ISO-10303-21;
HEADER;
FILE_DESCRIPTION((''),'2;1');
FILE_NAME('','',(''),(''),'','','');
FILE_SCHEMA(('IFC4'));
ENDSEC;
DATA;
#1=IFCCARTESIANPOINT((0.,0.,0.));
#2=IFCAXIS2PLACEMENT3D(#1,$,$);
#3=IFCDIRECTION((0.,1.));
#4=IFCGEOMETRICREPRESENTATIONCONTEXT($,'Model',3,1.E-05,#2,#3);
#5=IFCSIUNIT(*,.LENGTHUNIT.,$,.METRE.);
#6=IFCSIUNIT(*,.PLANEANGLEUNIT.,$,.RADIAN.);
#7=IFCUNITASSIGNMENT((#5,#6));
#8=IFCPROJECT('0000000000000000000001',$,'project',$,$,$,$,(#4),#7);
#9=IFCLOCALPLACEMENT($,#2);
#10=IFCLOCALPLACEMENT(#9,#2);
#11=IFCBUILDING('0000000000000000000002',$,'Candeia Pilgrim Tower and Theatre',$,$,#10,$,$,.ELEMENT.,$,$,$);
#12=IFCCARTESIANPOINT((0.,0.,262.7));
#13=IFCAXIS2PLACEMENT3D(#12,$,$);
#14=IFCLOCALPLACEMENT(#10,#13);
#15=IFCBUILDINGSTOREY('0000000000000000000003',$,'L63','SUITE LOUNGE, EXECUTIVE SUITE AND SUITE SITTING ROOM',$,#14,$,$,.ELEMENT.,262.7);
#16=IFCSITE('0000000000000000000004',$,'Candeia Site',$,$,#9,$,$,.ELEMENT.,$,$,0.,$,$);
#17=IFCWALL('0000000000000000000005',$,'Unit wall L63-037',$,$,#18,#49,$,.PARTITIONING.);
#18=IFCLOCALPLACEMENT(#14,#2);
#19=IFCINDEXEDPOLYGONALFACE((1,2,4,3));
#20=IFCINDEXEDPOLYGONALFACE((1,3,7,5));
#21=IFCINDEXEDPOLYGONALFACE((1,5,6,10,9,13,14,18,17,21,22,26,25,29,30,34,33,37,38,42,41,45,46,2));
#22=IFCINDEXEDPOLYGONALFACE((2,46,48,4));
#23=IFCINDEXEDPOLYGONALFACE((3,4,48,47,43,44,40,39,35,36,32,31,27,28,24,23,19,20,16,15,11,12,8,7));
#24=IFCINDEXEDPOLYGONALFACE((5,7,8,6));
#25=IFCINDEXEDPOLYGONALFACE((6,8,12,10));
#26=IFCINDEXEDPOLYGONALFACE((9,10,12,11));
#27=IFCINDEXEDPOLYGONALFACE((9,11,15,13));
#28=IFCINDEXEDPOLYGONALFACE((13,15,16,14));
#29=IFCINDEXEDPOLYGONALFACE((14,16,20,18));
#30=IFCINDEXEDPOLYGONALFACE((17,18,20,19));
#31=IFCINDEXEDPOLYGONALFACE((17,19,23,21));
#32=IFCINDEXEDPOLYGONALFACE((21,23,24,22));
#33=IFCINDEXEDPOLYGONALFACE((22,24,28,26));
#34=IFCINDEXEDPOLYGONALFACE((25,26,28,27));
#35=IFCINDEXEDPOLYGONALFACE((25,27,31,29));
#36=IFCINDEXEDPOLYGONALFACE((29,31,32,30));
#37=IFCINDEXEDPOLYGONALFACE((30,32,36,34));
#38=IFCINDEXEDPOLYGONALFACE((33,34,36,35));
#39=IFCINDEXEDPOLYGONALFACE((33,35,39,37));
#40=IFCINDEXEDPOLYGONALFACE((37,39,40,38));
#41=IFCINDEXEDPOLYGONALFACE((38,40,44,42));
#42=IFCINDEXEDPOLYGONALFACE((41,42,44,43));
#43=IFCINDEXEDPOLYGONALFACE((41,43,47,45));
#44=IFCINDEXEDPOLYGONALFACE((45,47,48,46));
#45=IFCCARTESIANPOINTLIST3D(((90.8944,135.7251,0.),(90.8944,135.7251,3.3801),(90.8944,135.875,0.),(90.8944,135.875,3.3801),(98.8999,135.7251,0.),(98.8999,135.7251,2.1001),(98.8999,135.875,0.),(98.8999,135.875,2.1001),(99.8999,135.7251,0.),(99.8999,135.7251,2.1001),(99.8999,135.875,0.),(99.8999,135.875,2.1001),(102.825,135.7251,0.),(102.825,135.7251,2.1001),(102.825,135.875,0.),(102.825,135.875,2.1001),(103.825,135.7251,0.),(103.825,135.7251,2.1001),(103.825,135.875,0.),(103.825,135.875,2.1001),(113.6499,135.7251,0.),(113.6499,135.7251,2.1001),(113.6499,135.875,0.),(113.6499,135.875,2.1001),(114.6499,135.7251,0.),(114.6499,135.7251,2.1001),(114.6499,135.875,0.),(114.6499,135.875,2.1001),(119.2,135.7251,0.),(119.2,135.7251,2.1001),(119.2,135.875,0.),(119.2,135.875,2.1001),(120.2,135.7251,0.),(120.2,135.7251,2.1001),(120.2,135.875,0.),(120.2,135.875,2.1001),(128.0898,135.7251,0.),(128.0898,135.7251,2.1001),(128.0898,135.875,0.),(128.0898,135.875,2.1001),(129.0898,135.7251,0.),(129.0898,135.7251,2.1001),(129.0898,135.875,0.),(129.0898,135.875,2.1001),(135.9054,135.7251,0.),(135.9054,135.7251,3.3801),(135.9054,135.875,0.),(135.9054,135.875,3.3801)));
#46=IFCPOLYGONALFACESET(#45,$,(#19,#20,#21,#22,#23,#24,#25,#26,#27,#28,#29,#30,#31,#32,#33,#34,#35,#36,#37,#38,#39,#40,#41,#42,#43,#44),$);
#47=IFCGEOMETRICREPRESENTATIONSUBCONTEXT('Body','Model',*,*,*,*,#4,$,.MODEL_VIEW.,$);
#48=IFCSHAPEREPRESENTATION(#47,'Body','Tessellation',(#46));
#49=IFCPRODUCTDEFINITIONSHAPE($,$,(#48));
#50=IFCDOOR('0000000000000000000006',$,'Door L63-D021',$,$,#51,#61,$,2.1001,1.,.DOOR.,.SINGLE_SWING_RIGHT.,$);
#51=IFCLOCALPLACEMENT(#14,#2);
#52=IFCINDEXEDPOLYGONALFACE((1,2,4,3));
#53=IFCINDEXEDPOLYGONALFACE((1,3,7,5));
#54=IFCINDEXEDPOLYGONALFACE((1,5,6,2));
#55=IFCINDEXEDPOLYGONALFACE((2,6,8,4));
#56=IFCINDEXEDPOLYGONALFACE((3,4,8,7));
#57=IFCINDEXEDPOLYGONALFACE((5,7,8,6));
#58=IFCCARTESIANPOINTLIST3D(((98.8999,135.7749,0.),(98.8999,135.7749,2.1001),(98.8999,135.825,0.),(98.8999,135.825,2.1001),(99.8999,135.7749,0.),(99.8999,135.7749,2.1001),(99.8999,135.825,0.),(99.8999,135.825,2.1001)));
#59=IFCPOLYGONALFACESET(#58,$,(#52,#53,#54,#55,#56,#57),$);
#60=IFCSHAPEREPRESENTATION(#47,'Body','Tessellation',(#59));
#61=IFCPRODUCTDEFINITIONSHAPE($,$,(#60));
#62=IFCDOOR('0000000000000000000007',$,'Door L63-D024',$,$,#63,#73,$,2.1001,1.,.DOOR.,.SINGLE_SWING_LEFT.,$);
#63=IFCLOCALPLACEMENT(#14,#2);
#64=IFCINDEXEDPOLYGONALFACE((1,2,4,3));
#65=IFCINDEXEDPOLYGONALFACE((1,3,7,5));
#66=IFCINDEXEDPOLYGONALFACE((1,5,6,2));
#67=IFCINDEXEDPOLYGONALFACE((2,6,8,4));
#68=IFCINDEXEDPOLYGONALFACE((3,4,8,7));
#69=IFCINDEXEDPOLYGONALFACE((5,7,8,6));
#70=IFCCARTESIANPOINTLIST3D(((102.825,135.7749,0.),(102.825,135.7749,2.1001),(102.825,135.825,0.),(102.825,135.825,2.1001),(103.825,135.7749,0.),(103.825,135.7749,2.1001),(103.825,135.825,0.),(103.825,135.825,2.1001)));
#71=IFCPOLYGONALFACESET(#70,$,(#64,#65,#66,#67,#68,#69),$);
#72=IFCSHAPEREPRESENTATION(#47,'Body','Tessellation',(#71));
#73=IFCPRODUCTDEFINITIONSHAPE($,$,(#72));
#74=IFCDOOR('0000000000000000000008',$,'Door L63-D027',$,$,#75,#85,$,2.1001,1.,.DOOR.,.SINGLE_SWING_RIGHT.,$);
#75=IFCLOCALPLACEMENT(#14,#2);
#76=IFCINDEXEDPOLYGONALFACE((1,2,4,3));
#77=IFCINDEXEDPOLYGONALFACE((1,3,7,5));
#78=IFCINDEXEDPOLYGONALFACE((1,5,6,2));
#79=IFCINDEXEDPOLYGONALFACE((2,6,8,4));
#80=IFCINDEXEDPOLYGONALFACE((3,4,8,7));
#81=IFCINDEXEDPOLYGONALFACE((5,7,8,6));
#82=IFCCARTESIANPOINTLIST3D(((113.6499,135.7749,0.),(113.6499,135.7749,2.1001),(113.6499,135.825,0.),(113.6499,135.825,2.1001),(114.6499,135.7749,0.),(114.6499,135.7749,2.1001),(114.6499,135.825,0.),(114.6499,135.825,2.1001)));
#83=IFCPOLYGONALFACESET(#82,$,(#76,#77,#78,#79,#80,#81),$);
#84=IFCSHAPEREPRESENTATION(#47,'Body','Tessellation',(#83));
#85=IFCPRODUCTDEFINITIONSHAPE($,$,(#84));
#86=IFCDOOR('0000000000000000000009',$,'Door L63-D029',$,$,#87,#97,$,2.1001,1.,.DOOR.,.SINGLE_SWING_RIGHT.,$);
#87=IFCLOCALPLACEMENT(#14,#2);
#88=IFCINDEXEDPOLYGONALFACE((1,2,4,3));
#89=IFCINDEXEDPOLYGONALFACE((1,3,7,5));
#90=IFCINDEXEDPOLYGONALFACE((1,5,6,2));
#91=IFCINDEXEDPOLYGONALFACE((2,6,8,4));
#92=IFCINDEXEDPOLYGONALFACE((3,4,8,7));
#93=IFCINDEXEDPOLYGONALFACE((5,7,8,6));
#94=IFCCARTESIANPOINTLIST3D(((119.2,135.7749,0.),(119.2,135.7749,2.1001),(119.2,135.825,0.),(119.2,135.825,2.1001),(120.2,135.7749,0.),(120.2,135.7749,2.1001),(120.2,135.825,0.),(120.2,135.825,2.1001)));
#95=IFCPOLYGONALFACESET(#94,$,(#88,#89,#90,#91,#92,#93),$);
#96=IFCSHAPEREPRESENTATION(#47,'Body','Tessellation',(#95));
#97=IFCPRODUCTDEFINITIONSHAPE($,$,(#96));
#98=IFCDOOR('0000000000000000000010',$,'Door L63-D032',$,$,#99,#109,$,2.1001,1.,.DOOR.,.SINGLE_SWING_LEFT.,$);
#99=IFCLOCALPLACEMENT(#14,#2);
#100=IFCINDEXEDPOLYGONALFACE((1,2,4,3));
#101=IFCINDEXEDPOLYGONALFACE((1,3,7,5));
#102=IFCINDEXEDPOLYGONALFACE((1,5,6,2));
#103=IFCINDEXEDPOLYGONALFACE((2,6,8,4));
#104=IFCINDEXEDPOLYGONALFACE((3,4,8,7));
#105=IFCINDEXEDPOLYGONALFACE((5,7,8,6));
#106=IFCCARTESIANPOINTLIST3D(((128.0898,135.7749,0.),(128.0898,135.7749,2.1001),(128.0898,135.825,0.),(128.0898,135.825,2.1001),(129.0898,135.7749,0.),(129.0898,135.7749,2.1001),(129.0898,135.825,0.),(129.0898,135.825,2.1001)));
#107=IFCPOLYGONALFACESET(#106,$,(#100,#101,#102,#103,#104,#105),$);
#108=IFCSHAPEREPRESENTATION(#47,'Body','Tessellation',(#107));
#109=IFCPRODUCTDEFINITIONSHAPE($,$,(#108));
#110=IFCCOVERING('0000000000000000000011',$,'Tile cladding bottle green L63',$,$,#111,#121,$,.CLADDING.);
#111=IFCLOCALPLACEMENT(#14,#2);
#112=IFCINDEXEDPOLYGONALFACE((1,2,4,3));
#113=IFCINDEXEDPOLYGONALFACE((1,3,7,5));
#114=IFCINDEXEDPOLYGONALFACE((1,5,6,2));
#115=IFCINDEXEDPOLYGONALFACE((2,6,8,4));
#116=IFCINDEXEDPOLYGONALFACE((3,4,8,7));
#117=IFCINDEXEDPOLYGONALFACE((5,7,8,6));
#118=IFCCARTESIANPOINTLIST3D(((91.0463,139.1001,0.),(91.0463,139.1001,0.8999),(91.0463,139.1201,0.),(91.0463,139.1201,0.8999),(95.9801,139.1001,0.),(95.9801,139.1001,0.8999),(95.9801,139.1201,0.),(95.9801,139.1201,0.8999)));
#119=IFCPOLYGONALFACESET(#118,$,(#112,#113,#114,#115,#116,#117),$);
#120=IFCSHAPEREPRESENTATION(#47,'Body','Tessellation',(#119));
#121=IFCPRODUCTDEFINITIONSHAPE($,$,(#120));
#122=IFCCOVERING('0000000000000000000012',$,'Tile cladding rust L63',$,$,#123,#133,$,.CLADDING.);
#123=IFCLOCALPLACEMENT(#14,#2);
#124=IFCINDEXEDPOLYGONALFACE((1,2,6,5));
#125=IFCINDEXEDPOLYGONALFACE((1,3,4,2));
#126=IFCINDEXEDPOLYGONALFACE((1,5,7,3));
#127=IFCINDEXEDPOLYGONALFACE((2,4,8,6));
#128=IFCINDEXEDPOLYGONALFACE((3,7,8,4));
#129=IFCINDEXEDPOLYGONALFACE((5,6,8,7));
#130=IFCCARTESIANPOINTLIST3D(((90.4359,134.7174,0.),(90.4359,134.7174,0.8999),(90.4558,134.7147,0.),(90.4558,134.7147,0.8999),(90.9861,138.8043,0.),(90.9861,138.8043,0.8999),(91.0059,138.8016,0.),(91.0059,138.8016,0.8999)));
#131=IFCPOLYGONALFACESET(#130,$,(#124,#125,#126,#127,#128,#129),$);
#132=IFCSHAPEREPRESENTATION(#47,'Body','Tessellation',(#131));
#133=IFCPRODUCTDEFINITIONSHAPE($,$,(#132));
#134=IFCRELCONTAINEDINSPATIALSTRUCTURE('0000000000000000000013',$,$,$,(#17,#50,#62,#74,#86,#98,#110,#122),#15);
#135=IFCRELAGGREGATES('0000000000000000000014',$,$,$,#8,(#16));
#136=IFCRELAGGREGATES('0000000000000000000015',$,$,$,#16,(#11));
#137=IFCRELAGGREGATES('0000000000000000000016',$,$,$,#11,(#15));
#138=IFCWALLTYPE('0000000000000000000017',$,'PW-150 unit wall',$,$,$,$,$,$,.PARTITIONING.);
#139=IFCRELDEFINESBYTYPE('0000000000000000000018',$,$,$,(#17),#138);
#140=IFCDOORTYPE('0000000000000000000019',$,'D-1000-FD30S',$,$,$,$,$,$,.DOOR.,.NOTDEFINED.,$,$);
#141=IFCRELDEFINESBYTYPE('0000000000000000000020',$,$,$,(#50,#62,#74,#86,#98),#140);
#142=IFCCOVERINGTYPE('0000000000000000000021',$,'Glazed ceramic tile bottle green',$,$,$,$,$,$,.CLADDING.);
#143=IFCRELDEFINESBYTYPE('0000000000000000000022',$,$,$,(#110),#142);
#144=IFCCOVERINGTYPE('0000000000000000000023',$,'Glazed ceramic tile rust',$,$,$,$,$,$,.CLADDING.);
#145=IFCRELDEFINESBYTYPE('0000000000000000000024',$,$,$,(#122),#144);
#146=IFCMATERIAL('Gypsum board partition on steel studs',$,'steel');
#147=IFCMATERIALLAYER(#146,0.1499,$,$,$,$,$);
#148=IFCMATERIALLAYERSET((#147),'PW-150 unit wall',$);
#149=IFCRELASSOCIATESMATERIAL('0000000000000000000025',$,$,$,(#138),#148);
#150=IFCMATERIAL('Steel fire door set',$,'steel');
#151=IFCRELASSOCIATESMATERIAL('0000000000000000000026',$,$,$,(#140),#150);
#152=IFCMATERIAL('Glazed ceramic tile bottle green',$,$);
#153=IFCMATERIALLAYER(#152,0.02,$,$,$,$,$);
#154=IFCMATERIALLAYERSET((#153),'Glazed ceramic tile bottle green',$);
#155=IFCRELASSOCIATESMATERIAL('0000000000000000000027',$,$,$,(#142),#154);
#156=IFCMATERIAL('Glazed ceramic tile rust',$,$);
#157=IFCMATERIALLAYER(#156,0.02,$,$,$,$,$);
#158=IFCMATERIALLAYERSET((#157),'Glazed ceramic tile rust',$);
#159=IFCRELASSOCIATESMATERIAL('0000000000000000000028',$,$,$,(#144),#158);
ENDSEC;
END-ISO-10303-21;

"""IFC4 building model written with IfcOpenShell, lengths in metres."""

from ifc_helpers import new_model, si_unit, direction, frame, frame_2d, origin, origin_2d, place, context, subcontext, project, spatial, rectangle, extrude, material, layer, layer_set, type_object, element, fill, save


model = new_model("IFC4")

# Units and contexts
model_context = context("Model", 3, precision=1e-05, world=origin(), true_north=direction((0.0, 1.0)))
body_context = subcontext(model_context, "Body", "Model", "MODEL_VIEW")
ifc_project = project(units=[si_unit("LENGTHUNIT", "METRE"), si_unit("PLANEANGLEUNIT", "RADIAN")], contexts=[model_context])

# Site, building, storey
site_placement = place(None, origin())
site = spatial("IfcSite", under=ifc_project, at=site_placement, Name="Candeia Site", CompositionType="ELEMENT", RefElevation=0.0)
building_placement = place(site_placement, origin())
building = spatial("IfcBuilding", under=site, at=building_placement, Name="Candeia Pilgrim Tower and Theatre", CompositionType="ELEMENT")
storey_placement = place(building_placement, frame((0.0, 0.0, 262.7)))
storey = spatial("IfcBuildingStorey", under=building, at=storey_placement, Name="L63", Description="SUITE LOUNGE, EXECUTIVE SUITE AND SUITE SITTING ROOM", CompositionType="ELEMENT", Elevation=262.7)

# Shared definitions
ifc_material_1 = material(Name="Gypsum board partition on steel studs", Category="steel")

# Wall, openings, doors
ifc_layer_1 = layer(ifc_material_1, 0.1499)
ifc_layer_set_1 = layer_set([ifc_layer_1], Name="PW-150 unit wall")
wall_type_1 = type_object("IfcWallType", Name="PW-150 unit wall", PredefinedType="PARTITIONING", material=ifc_layer_set_1)
wall_1_placement = place(storey_placement, frame((90.8945, 135.8, 0.0), z_axis=(0.0, 0.0, 1.0), x_axis=(1.0, 0.0, 0.0)))
wall_1 = element("IfcWall", 1, at=wall_1_placement, inside=storey, type_object=wall_type_1, Name="Unit wall L63-037", PredefinedType="PARTITIONING", context=body_context, shape_type="SweptSolid", body=[
    extrude(rectangle(XDim=45.011, YDim=0.1499, at=frame_2d((22.5054, 0.0))), origin(), (0.0, 0.0, 1.0), 3.3801),
])
opening_1_placement = place(wall_1_placement, frame((8.0054, 0.0, 0.0)))
opening_1 = element("IfcOpeningElement", 2, at=opening_1_placement, cuts=wall_1, PredefinedType="OPENING", context=body_context, shape_type="SweptSolid", body=[
    extrude(rectangle(XDim=1.0, YDim=2.1001, at=frame_2d((0.5, 1.05))), frame((0.0, 0.085, 0.0), z_axis=(0.0, -1.0, 0.0), x_axis=(1.0, 0.0, 0.0)), (0.0, 0.0, 1.0), 0.1699),
])
opening_2_placement = place(wall_1_placement, frame((11.9304, 0.0, 0.0)))
opening_2 = element("IfcOpeningElement", 3, at=opening_2_placement, cuts=wall_1, PredefinedType="OPENING", context=body_context, shape_type="SweptSolid", body=[
    extrude(rectangle(XDim=1.0, YDim=2.1001, at=frame_2d((0.5, 1.05))), frame((0.0, 0.085, 0.0), z_axis=(0.0, -1.0, 0.0), x_axis=(1.0, 0.0, 0.0)), (0.0, 0.0, 1.0), 0.1699),
])
opening_3_placement = place(wall_1_placement, frame((22.7554, 0.0, 0.0)))
opening_3 = element("IfcOpeningElement", 4, at=opening_3_placement, cuts=wall_1, PredefinedType="OPENING", context=body_context, shape_type="SweptSolid", body=[
    extrude(rectangle(XDim=1.0, YDim=2.1001, at=frame_2d((0.5, 1.05))), frame((0.0, 0.085, 0.0), z_axis=(0.0, -1.0, 0.0), x_axis=(1.0, 0.0, 0.0)), (0.0, 0.0, 1.0), 0.1699),
])
opening_4_placement = place(wall_1_placement, frame((28.3054, 0.0, 0.0)))
opening_4 = element("IfcOpeningElement", 5, at=opening_4_placement, cuts=wall_1, PredefinedType="OPENING", context=body_context, shape_type="SweptSolid", body=[
    extrude(rectangle(XDim=1.0, YDim=2.1001, at=frame_2d((0.5, 1.05))), frame((0.0, 0.085, 0.0), z_axis=(0.0, -1.0, 0.0), x_axis=(1.0, 0.0, 0.0)), (0.0, 0.0, 1.0), 0.1699),
])
opening_5_placement = place(wall_1_placement, frame((37.1953, 0.0, 0.0)))
opening_5 = element("IfcOpeningElement", 6, at=opening_5_placement, cuts=wall_1, PredefinedType="OPENING", context=body_context, shape_type="SweptSolid", body=[
    extrude(rectangle(XDim=1.0, YDim=2.1001, at=frame_2d((0.5, 1.05))), frame((0.0, 0.085, 0.0), z_axis=(0.0, -1.0, 0.0), x_axis=(1.0, 0.0, 0.0)), (0.0, 0.0, 1.0), 0.1699),
])
ifc_material_2 = material(Name="Steel fire door set", Category="steel")
door_type_1 = type_object("IfcDoorType", Name="D-1000-FD30S", OperationType="NOTDEFINED", PredefinedType="DOOR", material=ifc_material_2)
door_1_placement = place(opening_1_placement, origin())
door_1 = element("IfcDoor", 7, at=door_1_placement, inside=storey, type_object=door_type_1, Name="Door L63-D021", OperationType="SINGLE_SWING_RIGHT", OverallHeight=2.1001, OverallWidth=1.0, PredefinedType="DOOR", context=body_context, shape_type="SweptSolid", body=[
    extrude(rectangle(XDim=1.0, YDim=2.1001, at=frame_2d((0.5, 1.05))), frame((0.0, 0.0249, 0.0), z_axis=(0.0, -1.0, 0.0), x_axis=(1.0, 0.0, 0.0)), (0.0, 0.0, 1.0), 0.05),
])
fill(opening_1, door_1)
door_2_placement = place(opening_2_placement, origin())
door_2 = element("IfcDoor", 8, at=door_2_placement, inside=storey, type_object=door_type_1, Name="Door L63-D024", OperationType="SINGLE_SWING_LEFT", OverallHeight=2.1001, OverallWidth=1.0, PredefinedType="DOOR", context=body_context, shape_type="SweptSolid", body=[
    extrude(rectangle(XDim=1.0, YDim=2.1001, at=frame_2d((0.5, 1.05))), frame((0.0, 0.0249, 0.0), z_axis=(0.0, -1.0, 0.0), x_axis=(1.0, 0.0, 0.0)), (0.0, 0.0, 1.0), 0.05),
])
fill(opening_2, door_2)
door_3_placement = place(opening_3_placement, origin())
door_3 = element("IfcDoor", 9, at=door_3_placement, inside=storey, type_object=door_type_1, Name="Door L63-D027", OperationType="SINGLE_SWING_RIGHT", OverallHeight=2.1001, OverallWidth=1.0, PredefinedType="DOOR", context=body_context, shape_type="SweptSolid", body=[
    extrude(rectangle(XDim=1.0, YDim=2.1001, at=frame_2d((0.5, 1.05))), frame((0.0, 0.0249, 0.0), z_axis=(0.0, -1.0, 0.0), x_axis=(1.0, 0.0, 0.0)), (0.0, 0.0, 1.0), 0.05),
])
fill(opening_3, door_3)
door_4_placement = place(opening_4_placement, origin())
door_4 = element("IfcDoor", 10, at=door_4_placement, inside=storey, type_object=door_type_1, Name="Door L63-D029", OperationType="SINGLE_SWING_RIGHT", OverallHeight=2.1001, OverallWidth=1.0, PredefinedType="DOOR", context=body_context, shape_type="SweptSolid", body=[
    extrude(rectangle(XDim=1.0, YDim=2.1001, at=frame_2d((0.5, 1.05))), frame((0.0, 0.0249, 0.0), z_axis=(0.0, -1.0, 0.0), x_axis=(1.0, 0.0, 0.0)), (0.0, 0.0, 1.0), 0.05),
])
fill(opening_4, door_4)
door_5_placement = place(opening_5_placement, origin())
door_5 = element("IfcDoor", 11, at=door_5_placement, inside=storey, type_object=door_type_1, Name="Door L63-D032", OperationType="SINGLE_SWING_LEFT", OverallHeight=2.1001, OverallWidth=1.0, PredefinedType="DOOR", context=body_context, shape_type="SweptSolid", body=[
    extrude(rectangle(XDim=1.0, YDim=2.1001, at=frame_2d((0.5, 1.05))), frame((0.0, 0.0249, 0.0), z_axis=(0.0, -1.0, 0.0), x_axis=(1.0, 0.0, 0.0)), (0.0, 0.0, 1.0), 0.05),
])
fill(opening_5, door_5)

# Coverings
ifc_material_3 = material(Name="Glazed ceramic tile bottle green")
ifc_layer_2 = layer(ifc_material_3, 0.02)
ifc_layer_set_2 = layer_set([ifc_layer_2], Name="Glazed ceramic tile bottle green")
covering_type_1 = type_object("IfcCoveringType", Name="Glazed ceramic tile bottle green", PredefinedType="CLADDING", material=ifc_layer_set_2)
covering_1_placement = place(storey_placement, frame((93.5132, 139.1101, 0.0), z_axis=(0.0, 0.0, 1.0), x_axis=(-1.0, 0.0, 0.0)))
element("IfcCovering", 12, at=covering_1_placement, inside=storey, type_object=covering_type_1, Name="Tile cladding bottle green L63", PredefinedType="CLADDING", context=body_context, shape_type="SweptSolid", body=[
    extrude(rectangle(XDim=4.9338, YDim=0.02, at=origin_2d()), origin(), (0.0, 0.0, 1.0), 0.8999),
])
ifc_material_4 = material(Name="Glazed ceramic tile rust")
ifc_layer_3 = layer(ifc_material_4, 0.02)
ifc_layer_set_3 = layer_set([ifc_layer_3], Name="Glazed ceramic tile rust")
covering_type_2 = type_object("IfcCoveringType", Name="Glazed ceramic tile rust", PredefinedType="CLADDING", material=ifc_layer_set_3)
covering_2_placement = place(storey_placement, frame((90.7209, 136.7595, 0.0), z_axis=(0.0, 0.0, 1.0), x_axis=(-0.133412, -0.991061, 0.0)))
element("IfcCovering", 13, at=covering_2_placement, inside=storey, type_object=covering_type_2, Name="Tile cladding rust L63", PredefinedType="CLADDING", context=body_context, shape_type="SweptSolid", body=[
    extrude(rectangle(XDim=4.1238, YDim=0.02, at=origin_2d()), origin(), (0.0, 0.0, 1.0), 0.8999),
])

save(model, "model.ifc")
